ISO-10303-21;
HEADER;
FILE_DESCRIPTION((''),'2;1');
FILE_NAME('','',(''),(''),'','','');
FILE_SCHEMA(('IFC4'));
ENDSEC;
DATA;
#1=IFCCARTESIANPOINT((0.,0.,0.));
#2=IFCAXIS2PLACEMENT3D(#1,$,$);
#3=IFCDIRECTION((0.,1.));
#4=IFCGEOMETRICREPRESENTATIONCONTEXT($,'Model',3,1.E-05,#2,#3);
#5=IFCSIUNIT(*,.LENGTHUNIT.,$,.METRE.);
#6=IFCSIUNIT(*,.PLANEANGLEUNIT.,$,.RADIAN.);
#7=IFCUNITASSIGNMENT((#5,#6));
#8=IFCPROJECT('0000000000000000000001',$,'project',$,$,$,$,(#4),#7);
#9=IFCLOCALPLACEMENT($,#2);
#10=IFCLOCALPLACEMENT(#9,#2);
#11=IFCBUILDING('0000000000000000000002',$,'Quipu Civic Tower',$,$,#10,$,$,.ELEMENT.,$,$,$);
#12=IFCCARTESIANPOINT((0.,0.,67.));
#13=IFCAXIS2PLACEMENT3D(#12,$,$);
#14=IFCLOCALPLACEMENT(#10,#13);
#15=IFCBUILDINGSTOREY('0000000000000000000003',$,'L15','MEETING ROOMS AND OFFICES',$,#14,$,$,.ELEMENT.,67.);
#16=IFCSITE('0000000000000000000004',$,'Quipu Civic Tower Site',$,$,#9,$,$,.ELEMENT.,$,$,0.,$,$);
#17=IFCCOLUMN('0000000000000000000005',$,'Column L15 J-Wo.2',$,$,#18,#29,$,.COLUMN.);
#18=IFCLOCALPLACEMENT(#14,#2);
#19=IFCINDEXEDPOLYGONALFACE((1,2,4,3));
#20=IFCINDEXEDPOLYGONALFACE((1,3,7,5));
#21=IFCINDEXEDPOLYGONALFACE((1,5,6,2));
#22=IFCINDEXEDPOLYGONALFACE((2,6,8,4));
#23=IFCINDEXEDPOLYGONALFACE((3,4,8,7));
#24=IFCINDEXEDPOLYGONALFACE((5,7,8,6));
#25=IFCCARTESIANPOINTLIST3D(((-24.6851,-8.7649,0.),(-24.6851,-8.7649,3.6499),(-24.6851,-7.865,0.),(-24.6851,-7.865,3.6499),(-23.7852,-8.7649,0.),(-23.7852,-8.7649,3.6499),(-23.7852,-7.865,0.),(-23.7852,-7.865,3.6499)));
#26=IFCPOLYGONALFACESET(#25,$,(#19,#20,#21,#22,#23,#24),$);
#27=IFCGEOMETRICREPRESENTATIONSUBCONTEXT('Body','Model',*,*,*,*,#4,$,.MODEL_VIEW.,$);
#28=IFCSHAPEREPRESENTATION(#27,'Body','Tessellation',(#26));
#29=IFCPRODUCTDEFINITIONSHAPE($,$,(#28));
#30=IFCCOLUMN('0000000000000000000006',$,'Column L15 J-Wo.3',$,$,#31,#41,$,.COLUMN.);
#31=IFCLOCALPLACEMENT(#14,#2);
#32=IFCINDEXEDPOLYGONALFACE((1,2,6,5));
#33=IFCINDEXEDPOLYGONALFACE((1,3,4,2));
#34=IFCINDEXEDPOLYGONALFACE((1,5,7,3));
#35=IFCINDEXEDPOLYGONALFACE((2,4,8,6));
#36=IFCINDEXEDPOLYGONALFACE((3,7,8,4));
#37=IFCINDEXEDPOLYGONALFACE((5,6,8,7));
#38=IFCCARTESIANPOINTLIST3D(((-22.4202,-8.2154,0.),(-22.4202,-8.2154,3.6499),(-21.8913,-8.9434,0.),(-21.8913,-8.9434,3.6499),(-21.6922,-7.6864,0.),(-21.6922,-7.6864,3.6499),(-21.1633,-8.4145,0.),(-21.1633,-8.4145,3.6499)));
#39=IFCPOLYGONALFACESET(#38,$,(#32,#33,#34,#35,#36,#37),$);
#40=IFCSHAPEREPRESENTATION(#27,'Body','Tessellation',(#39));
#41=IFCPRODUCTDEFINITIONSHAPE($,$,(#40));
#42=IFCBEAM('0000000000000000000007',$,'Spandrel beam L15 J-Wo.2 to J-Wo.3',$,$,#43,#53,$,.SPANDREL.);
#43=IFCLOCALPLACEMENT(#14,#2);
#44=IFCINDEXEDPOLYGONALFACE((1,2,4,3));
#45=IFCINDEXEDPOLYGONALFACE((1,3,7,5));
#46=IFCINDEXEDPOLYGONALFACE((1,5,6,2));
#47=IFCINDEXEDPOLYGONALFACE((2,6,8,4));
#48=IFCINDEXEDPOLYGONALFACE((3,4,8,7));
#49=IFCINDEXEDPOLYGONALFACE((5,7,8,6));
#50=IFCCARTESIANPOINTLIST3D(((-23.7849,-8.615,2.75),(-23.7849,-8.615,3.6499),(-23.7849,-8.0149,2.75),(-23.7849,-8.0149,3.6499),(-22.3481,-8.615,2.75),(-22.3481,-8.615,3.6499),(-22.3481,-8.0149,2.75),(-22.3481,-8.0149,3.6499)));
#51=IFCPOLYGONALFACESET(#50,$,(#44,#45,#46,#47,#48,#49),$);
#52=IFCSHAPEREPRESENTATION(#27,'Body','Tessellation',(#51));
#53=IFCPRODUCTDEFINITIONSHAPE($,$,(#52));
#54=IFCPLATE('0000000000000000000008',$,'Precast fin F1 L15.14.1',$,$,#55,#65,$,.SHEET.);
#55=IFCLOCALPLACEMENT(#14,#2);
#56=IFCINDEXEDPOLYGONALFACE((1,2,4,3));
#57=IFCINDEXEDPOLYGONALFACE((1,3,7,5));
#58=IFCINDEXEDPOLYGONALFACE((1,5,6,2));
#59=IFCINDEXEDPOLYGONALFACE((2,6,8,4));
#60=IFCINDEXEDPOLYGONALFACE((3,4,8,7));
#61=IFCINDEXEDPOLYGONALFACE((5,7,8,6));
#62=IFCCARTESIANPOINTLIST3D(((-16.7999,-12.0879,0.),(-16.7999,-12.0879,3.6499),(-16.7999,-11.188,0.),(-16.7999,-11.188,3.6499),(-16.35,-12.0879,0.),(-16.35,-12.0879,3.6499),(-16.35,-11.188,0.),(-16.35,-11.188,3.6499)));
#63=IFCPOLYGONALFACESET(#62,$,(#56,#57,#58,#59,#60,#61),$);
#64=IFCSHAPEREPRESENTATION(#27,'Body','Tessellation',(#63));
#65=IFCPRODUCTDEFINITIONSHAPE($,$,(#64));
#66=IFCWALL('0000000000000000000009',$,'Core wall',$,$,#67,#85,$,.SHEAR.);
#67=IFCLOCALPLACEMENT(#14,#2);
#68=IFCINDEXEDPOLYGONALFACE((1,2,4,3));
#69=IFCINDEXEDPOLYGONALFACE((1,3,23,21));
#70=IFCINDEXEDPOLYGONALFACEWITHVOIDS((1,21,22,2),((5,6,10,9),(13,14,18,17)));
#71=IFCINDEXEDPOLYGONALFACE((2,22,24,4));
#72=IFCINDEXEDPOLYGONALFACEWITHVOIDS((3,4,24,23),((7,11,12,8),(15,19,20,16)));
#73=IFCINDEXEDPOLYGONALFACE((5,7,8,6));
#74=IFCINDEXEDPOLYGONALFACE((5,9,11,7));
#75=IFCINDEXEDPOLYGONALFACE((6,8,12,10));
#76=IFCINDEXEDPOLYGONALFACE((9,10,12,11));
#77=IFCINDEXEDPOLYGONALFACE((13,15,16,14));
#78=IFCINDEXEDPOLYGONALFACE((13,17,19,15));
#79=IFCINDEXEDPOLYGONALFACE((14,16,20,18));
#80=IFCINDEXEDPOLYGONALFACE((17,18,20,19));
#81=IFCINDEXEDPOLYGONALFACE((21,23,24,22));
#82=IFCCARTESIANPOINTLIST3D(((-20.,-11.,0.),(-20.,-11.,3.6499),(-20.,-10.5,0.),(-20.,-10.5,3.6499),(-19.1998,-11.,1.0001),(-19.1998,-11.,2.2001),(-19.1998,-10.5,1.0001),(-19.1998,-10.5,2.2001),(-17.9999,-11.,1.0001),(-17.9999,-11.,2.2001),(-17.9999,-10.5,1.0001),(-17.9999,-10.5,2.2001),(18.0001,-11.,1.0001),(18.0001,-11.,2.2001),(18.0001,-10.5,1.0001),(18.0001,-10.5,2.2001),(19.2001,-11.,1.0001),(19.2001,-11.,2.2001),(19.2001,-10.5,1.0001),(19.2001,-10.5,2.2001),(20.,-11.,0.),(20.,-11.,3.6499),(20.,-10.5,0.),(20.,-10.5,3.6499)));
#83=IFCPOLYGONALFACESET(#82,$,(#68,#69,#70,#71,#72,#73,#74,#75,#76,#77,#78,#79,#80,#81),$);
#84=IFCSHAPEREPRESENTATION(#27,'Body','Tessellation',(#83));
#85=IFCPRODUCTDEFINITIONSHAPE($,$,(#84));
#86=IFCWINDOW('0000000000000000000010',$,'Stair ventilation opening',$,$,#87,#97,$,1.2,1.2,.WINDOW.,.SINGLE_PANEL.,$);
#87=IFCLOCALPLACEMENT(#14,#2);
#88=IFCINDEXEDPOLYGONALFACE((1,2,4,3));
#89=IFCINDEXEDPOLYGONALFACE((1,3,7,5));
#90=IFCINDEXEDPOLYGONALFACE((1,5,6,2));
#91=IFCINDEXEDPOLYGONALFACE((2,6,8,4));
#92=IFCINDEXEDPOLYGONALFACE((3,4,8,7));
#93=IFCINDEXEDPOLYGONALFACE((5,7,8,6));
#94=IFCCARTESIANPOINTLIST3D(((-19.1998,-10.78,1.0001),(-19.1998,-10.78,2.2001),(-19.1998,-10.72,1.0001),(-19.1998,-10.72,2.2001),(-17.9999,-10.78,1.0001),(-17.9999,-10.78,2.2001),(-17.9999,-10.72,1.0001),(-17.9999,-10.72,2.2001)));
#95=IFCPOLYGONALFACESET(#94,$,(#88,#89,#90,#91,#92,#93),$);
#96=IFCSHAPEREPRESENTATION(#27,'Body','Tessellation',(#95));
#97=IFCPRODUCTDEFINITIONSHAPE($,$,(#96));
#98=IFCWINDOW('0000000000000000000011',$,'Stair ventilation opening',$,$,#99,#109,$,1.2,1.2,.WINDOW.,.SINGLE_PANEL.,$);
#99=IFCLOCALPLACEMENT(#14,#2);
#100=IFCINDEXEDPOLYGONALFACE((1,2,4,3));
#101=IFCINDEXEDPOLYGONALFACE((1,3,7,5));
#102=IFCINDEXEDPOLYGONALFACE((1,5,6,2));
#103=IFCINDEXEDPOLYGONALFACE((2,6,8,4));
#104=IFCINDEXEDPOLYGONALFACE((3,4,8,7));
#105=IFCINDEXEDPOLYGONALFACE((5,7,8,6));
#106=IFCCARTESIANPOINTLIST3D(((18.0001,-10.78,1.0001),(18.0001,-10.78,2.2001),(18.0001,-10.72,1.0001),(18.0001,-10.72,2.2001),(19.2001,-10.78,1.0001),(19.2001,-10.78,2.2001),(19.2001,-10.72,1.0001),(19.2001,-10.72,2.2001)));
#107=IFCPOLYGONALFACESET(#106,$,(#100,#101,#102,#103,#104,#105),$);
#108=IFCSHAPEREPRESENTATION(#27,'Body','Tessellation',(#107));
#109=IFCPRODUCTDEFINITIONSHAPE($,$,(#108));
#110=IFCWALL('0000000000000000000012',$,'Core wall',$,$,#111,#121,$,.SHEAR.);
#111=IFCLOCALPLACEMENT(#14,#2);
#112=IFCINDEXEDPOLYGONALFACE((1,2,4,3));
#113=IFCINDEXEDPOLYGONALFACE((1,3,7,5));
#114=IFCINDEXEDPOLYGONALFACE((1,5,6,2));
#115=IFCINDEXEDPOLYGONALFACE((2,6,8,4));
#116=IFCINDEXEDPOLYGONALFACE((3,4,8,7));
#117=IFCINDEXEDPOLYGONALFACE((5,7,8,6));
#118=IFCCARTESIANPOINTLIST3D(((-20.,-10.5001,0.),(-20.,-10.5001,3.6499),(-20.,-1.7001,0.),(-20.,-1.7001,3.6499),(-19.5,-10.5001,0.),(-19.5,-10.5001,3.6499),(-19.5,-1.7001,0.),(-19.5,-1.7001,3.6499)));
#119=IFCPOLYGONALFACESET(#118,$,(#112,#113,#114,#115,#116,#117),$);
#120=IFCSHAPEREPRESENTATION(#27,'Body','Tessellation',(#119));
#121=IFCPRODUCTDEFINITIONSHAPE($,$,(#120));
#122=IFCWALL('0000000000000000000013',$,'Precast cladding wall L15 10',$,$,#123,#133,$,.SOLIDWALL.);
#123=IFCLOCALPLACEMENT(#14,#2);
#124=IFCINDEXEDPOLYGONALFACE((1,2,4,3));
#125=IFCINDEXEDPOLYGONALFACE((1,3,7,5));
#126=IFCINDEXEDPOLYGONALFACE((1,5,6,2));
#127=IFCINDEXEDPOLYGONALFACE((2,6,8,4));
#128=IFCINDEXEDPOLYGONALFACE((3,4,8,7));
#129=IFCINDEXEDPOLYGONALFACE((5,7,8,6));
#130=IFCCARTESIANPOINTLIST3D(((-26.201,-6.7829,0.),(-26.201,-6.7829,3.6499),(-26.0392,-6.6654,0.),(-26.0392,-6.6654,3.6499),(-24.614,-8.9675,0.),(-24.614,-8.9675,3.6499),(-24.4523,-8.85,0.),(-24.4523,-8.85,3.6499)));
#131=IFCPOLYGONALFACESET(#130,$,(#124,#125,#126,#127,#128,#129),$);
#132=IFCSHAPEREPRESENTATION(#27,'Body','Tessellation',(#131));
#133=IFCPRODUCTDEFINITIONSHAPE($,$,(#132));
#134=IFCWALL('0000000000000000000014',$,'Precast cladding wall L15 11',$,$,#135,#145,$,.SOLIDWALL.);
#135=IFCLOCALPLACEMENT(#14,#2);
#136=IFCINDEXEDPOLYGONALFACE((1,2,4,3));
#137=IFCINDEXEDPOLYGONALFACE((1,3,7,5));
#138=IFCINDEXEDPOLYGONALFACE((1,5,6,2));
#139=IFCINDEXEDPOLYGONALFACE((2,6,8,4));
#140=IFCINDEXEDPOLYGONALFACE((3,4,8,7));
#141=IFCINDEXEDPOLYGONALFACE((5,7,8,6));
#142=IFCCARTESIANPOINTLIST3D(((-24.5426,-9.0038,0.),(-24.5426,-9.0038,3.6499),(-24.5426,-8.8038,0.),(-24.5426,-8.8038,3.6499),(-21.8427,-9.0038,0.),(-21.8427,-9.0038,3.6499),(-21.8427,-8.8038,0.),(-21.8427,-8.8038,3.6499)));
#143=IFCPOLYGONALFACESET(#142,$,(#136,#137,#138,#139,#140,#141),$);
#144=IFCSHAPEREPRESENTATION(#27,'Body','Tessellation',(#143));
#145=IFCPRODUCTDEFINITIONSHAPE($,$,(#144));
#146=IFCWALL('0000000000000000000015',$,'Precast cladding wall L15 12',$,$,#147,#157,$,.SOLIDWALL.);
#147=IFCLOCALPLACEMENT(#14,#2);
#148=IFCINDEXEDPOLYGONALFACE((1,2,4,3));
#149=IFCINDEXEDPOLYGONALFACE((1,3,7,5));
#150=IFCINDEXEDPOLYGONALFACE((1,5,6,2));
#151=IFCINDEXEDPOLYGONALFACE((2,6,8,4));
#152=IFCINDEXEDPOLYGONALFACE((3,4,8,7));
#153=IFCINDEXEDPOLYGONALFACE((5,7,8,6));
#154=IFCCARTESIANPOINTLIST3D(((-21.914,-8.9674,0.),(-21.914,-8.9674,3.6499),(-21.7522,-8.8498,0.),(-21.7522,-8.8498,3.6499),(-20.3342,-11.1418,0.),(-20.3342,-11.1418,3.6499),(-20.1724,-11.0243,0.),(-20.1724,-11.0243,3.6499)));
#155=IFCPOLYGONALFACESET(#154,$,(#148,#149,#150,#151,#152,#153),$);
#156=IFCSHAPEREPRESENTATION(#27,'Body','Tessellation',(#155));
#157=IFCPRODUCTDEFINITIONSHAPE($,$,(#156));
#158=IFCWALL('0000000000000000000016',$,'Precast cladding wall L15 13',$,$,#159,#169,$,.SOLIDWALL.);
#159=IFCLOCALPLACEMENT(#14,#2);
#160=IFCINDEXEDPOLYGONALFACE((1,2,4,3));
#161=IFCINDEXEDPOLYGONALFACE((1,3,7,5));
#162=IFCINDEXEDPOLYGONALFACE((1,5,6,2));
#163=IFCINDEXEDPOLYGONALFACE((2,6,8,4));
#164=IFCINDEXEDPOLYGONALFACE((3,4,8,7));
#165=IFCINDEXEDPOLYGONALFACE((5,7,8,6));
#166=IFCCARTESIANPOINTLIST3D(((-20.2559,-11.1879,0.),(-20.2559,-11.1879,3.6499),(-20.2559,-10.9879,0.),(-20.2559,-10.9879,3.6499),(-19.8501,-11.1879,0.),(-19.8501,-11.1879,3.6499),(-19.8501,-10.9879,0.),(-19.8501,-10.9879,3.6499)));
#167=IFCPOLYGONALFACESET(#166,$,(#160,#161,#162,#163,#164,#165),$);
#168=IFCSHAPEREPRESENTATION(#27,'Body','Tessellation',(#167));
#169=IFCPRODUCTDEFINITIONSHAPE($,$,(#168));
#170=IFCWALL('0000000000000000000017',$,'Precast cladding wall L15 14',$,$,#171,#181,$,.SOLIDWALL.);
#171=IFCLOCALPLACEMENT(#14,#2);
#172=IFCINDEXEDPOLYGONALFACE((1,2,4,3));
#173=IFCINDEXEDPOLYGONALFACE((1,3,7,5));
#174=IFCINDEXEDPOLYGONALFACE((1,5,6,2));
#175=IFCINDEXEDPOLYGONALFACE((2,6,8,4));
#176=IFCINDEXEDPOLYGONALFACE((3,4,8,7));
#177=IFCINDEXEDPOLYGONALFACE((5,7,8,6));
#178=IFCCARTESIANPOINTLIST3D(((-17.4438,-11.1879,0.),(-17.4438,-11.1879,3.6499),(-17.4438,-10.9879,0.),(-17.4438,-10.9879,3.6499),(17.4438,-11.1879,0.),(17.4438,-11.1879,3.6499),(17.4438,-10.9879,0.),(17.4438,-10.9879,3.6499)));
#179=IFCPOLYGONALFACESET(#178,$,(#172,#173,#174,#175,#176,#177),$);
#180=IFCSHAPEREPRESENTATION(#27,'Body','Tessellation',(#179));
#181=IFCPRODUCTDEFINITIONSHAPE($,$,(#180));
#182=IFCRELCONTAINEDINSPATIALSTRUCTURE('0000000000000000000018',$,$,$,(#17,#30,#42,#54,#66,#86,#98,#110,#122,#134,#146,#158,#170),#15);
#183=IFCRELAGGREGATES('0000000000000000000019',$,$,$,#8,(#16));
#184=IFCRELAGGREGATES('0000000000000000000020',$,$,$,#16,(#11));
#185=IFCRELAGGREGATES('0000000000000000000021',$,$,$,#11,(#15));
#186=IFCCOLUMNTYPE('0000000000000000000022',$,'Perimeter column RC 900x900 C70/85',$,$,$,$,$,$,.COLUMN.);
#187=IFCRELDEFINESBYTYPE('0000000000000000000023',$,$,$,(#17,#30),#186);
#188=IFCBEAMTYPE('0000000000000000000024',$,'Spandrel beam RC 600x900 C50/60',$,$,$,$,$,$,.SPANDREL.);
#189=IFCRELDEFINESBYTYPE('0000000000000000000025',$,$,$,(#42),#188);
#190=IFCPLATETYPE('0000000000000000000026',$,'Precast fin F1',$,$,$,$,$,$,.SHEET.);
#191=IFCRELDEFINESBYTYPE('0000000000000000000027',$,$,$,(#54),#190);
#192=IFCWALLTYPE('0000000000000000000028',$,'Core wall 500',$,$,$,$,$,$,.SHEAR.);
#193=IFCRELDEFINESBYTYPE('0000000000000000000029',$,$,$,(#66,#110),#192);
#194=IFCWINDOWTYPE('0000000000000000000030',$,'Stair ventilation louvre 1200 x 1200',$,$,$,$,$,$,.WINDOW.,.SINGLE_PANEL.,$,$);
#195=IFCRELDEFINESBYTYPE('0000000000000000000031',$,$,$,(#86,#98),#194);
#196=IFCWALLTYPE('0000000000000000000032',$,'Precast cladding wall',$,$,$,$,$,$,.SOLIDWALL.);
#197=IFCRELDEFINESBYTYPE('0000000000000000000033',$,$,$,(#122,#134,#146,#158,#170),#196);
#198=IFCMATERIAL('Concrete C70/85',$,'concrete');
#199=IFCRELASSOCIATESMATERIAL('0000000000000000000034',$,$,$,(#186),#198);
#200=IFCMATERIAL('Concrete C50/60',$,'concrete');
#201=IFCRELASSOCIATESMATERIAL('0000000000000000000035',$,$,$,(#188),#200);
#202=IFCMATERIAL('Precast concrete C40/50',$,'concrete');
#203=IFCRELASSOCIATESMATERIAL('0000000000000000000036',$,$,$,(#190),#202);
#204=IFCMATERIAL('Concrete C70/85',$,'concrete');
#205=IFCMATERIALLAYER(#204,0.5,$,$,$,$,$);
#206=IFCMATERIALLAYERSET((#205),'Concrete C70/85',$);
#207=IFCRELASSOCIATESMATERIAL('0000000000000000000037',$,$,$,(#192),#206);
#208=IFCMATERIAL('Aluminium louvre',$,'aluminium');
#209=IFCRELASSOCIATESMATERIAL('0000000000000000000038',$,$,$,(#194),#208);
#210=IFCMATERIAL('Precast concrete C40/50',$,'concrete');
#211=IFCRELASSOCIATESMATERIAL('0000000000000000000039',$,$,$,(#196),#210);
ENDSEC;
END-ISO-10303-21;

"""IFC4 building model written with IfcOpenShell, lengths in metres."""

from ifc_helpers import new_model, si_unit, direction, frame, frame_2d, origin, origin_2d, place, context, subcontext, project, spatial, rectangle, extrude, material, layer, layer_set, material_profile, profile_set, type_object, element, fill, save


model = new_model("IFC4")

# Units and contexts
model_context = context("Model", 3, precision=1e-05, world=origin(), true_north=direction((0.0, 1.0)))
body_context = subcontext(model_context, "Body", "Model", "MODEL_VIEW")
ifc_project = project(units=[si_unit("LENGTHUNIT", "METRE"), si_unit("PLANEANGLEUNIT", "RADIAN")], contexts=[model_context])

# Site, building, storey
site_placement = place(None, origin())
site = spatial("IfcSite", under=ifc_project, at=site_placement, Name="Quipu Civic Tower Site", CompositionType="ELEMENT", RefElevation=0.0)
building_placement = place(site_placement, origin())
building = spatial("IfcBuilding", under=site, at=building_placement, Name="Quipu Civic Tower", CompositionType="ELEMENT")
storey_placement = place(building_placement, frame((0.0, 0.0, 67.0)))
storey = spatial("IfcBuildingStorey", under=building, at=storey_placement, Name="L15", Description="MEETING ROOMS AND OFFICES", CompositionType="ELEMENT", Elevation=67.0)

# Columns
ifc_material_1 = material(Name="Concrete C70/85", Category="concrete")
ifc_material_profile_1 = material_profile(ifc_material_1, rectangle(XDim=0.8999, YDim=0.8999, at=origin_2d()), Name="RC900x900")
ifc_profile_set_1 = profile_set([ifc_material_profile_1], Name="Concrete C70/85")
column_type = type_object("IfcColumnType", Name="Perimeter column RC 900x900 C70/85", PredefinedType="COLUMN", material=ifc_profile_set_1)
for number, where, z_axis, x_axis, name in (
    (1, (-24.2351, -8.3149, 0.0), (0.0, 0.0, 1.0), (1.0, 0.0, 0.0), "Column L15 J-Wo.2"),
    (2, (-21.7917, -8.3149, 0.0), (0.0, 0.0, 1.0), (0.587785, -0.809017, 0.0), "Column L15 J-Wo.3"),
):
    element("IfcColumn", number, at=place(storey_placement, frame(where, z_axis=z_axis, x_axis=x_axis)), inside=storey, type_object=column_type, Name=name, PredefinedType="COLUMN", context=body_context, shape_type="SweptSolid", body=[
        extrude(rectangle(XDim=0.8999, YDim=0.8999, at=origin_2d()), origin(), (0.0, 0.0, 1.0), 3.6499),
    ])

# Beam
ifc_material_2 = material(Name="Concrete C50/60", Category="concrete")
ifc_material_profile_2 = material_profile(ifc_material_2, rectangle(XDim=0.6001, YDim=0.8999, at=origin_2d()), Name="RC600x900")
ifc_profile_set_2 = profile_set([ifc_material_profile_2], Name="Concrete C50/60")
beam_type = type_object("IfcBeamType", Name="Spandrel beam RC 600x900 C50/60", PredefinedType="SPANDREL", material=ifc_profile_set_2)
beam_placement = place(storey_placement, frame((-23.7849, -8.3149, 3.2), z_axis=(1.0, 0.0, 0.0), x_axis=(0.0, 1.0, 0.0)))
element("IfcBeam", 3, at=beam_placement, inside=storey, type_object=beam_type, Name="Spandrel beam L15 J-Wo.2 to J-Wo.3", PredefinedType="SPANDREL", context=body_context, shape_type="SweptSolid", body=[
    extrude(rectangle(XDim=0.6001, YDim=0.8999, at=origin_2d()), origin(), (0.0, 0.0, 1.0), 1.4368),
])

# Plate
ifc_material_3 = material(Name="Precast concrete C40/50", Category="concrete")
plate_type = type_object("IfcPlateType", Name="Precast fin F1", PredefinedType="SHEET", material=ifc_material_3)
plate_placement = place(storey_placement, frame((-16.575, -11.6379, 0.0), z_axis=(0.0, 0.0, 1.0), x_axis=(1.0, 0.0, 0.0)))
element("IfcPlate", 4, at=plate_placement, inside=storey, type_object=plate_type, Name="Precast fin F1 L15.14.1", PredefinedType="SHEET", context=body_context, shape_type="SweptSolid", body=[
    extrude(rectangle(XDim=0.45, YDim=0.8999, at=origin_2d()), origin(), (0.0, 0.0, 1.0), 3.6499),
])

# Wall, openings, windows
ifc_material_4 = material(Name="Concrete C70/85", Category="concrete")
ifc_layer = layer(ifc_material_4, 0.5)
ifc_layer_set = layer_set([ifc_layer], Name="Concrete C70/85")
wall_type_1 = type_object("IfcWallType", Name="Core wall 500", PredefinedType="SHEAR", material=ifc_layer_set)
wall_1_placement = place(storey_placement, frame((-20.0, -10.75, 0.0), z_axis=(0.0, 0.0, 1.0), x_axis=(1.0, 0.0, 0.0)))
wall_1 = element("IfcWall", 5, at=wall_1_placement, inside=storey, type_object=wall_type_1, Name="Core wall", PredefinedType="SHEAR", context=body_context, shape_type="SweptSolid", body=[
    extrude(rectangle(XDim=40.0, YDim=0.5, at=frame_2d((20.0, 0.0))), origin(), (0.0, 0.0, 1.0), 3.6499),
])
opening_1_placement = place(wall_1_placement, frame((0.8, 0.0, 1.0)))
opening_1 = element("IfcOpeningElement", 6, at=opening_1_placement, cuts=wall_1, PredefinedType="OPENING", context=body_context, shape_type="SweptSolid", body=[
    extrude(rectangle(XDim=1.2, YDim=1.2, at=frame_2d((0.6001, 0.6001))), frame((0.0, 0.26, 0.0), z_axis=(0.0, -1.0, 0.0), x_axis=(1.0, 0.0, 0.0)), (0.0, 0.0, 1.0), 0.52),
])
opening_2_placement = place(wall_1_placement, frame((38.0, 0.0, 1.0)))
opening_2 = element("IfcOpeningElement", 7, at=opening_2_placement, cuts=wall_1, PredefinedType="OPENING", context=body_context, shape_type="SweptSolid", body=[
    extrude(rectangle(XDim=1.2, YDim=1.2, at=frame_2d((0.6001, 0.6001))), frame((0.0, 0.26, 0.0), z_axis=(0.0, -1.0, 0.0), x_axis=(1.0, 0.0, 0.0)), (0.0, 0.0, 1.0), 0.52),
])
ifc_material_5 = material(Name="Aluminium louvre", Category="aluminium")
window_type = type_object("IfcWindowType", Name="Stair ventilation louvre 1200 x 1200", PartitioningType="SINGLE_PANEL", PredefinedType="WINDOW", material=ifc_material_5)
window_1_placement = place(opening_1_placement, origin())
window_1 = element("IfcWindow", 8, at=window_1_placement, inside=storey, type_object=window_type, Name="Stair ventilation opening", OverallHeight=1.2, OverallWidth=1.2, PartitioningType="SINGLE_PANEL", PredefinedType="WINDOW", context=body_context, shape_type="SweptSolid", body=[
    extrude(rectangle(XDim=1.2, YDim=1.2, at=frame_2d((0.6001, 0.6001))), frame((0.0, 0.03, 0.0), z_axis=(0.0, -1.0, 0.0), x_axis=(1.0, 0.0, 0.0)), (0.0, 0.0, 1.0), 0.0601),
])
fill(opening_1, window_1)
window_2_placement = place(opening_2_placement, origin())
window_2 = element("IfcWindow", 9, at=window_2_placement, inside=storey, type_object=window_type, Name="Stair ventilation opening", OverallHeight=1.2, OverallWidth=1.2, PartitioningType="SINGLE_PANEL", PredefinedType="WINDOW", context=body_context, shape_type="SweptSolid", body=[
    extrude(rectangle(XDim=1.2, YDim=1.2, at=frame_2d((0.6001, 0.6001))), frame((0.0, 0.03, 0.0), z_axis=(0.0, -1.0, 0.0), x_axis=(1.0, 0.0, 0.0)), (0.0, 0.0, 1.0), 0.0601),
])
fill(opening_2, window_2)

# Walls
wall_2_placement = place(storey_placement, frame((-19.75, -10.5, 0.0), z_axis=(0.0, 0.0, 1.0), x_axis=(0.0, 1.0, 0.0)))
element("IfcWall", 10, at=wall_2_placement, inside=storey, type_object=wall_type_1, Name="Core wall", PredefinedType="SHEAR", context=body_context, shape_type="SweptSolid", body=[
    extrude(rectangle(XDim=8.8, YDim=0.5, at=frame_2d((4.3999, 0.0))), origin(), (0.0, 0.0, 1.0), 3.6499),
])
ifc_material_6 = material(Name="Precast concrete C40/50", Category="concrete")
wall_type_2 = type_object("IfcWallType", Name="Precast cladding wall", PredefinedType="SOLIDWALL", material=ifc_material_6)
wall_3_placement = place(storey_placement, frame((-26.1201, -6.7241, 0.0), z_axis=(0.0, 0.0, 1.0), x_axis=(0.58772, -0.809064, 0.0)))
element("IfcWall", 11, at=wall_3_placement, inside=storey, type_object=wall_type_2, Name="Precast cladding wall L15 10", PredefinedType="SOLIDWALL", context=body_context, shape_type="SweptSolid", body=[
    extrude(rectangle(XDim=2.7002, YDim=0.2, at=frame_2d((1.3501, 0.0))), origin(), (0.0, 0.0, 1.0), 3.6499),
])
wall_4_placement = place(storey_placement, frame((-24.5427, -8.9038, 0.0), z_axis=(0.0, 0.0, 1.0), x_axis=(1.0, 0.0, 0.0)))
element("IfcWall", 12, at=wall_4_placement, inside=storey, type_object=wall_type_2, Name="Precast cladding wall L15 11", PredefinedType="SOLIDWALL", context=body_context, shape_type="SweptSolid", body=[
    extrude(rectangle(XDim=2.7, YDim=0.2, at=frame_2d((1.3501, 0.0))), origin(), (0.0, 0.0, 1.0), 3.6499),
])
wall_5_placement = place(storey_placement, frame((-21.833, -8.9087, 0.0), z_axis=(0.0, 0.0, 1.0), x_axis=(0.587767, -0.809031, 0.0)))
element("IfcWall", 13, at=wall_5_placement, inside=storey, type_object=wall_type_2, Name="Precast cladding wall L15 12", PredefinedType="SOLIDWALL", context=body_context, shape_type="SweptSolid", body=[
    extrude(rectangle(XDim=2.6877, YDim=0.2, at=frame_2d((1.3438, 0.0))), origin(), (0.0, 0.0, 1.0), 3.6499),
])
wall_6_placement = place(storey_placement, frame((-20.2559, -11.0879, 0.0), z_axis=(0.0, 0.0, 1.0), x_axis=(1.0, 0.0, 0.0)))
element("IfcWall", 14, at=wall_6_placement, inside=storey, type_object=wall_type_2, Name="Precast cladding wall L15 13", PredefinedType="SOLIDWALL", context=body_context, shape_type="SweptSolid", body=[
    extrude(rectangle(XDim=0.4058, YDim=0.2, at=frame_2d((0.2029, 0.0))), origin(), (0.0, 0.0, 1.0), 3.6499),
])
wall_7_placement = place(storey_placement, frame((-17.4438, -11.0879, 0.0), z_axis=(0.0, 0.0, 1.0), x_axis=(1.0, 0.0, 0.0)))
element("IfcWall", 15, at=wall_7_placement, inside=storey, type_object=wall_type_2, Name="Precast cladding wall L15 14", PredefinedType="SOLIDWALL", context=body_context, shape_type="SweptSolid", body=[
    extrude(rectangle(XDim=34.8877, YDim=0.2, at=frame_2d((17.4438, 0.0))), origin(), (0.0, 0.0, 1.0), 3.6499),
])

save(model, "model.ifc")
